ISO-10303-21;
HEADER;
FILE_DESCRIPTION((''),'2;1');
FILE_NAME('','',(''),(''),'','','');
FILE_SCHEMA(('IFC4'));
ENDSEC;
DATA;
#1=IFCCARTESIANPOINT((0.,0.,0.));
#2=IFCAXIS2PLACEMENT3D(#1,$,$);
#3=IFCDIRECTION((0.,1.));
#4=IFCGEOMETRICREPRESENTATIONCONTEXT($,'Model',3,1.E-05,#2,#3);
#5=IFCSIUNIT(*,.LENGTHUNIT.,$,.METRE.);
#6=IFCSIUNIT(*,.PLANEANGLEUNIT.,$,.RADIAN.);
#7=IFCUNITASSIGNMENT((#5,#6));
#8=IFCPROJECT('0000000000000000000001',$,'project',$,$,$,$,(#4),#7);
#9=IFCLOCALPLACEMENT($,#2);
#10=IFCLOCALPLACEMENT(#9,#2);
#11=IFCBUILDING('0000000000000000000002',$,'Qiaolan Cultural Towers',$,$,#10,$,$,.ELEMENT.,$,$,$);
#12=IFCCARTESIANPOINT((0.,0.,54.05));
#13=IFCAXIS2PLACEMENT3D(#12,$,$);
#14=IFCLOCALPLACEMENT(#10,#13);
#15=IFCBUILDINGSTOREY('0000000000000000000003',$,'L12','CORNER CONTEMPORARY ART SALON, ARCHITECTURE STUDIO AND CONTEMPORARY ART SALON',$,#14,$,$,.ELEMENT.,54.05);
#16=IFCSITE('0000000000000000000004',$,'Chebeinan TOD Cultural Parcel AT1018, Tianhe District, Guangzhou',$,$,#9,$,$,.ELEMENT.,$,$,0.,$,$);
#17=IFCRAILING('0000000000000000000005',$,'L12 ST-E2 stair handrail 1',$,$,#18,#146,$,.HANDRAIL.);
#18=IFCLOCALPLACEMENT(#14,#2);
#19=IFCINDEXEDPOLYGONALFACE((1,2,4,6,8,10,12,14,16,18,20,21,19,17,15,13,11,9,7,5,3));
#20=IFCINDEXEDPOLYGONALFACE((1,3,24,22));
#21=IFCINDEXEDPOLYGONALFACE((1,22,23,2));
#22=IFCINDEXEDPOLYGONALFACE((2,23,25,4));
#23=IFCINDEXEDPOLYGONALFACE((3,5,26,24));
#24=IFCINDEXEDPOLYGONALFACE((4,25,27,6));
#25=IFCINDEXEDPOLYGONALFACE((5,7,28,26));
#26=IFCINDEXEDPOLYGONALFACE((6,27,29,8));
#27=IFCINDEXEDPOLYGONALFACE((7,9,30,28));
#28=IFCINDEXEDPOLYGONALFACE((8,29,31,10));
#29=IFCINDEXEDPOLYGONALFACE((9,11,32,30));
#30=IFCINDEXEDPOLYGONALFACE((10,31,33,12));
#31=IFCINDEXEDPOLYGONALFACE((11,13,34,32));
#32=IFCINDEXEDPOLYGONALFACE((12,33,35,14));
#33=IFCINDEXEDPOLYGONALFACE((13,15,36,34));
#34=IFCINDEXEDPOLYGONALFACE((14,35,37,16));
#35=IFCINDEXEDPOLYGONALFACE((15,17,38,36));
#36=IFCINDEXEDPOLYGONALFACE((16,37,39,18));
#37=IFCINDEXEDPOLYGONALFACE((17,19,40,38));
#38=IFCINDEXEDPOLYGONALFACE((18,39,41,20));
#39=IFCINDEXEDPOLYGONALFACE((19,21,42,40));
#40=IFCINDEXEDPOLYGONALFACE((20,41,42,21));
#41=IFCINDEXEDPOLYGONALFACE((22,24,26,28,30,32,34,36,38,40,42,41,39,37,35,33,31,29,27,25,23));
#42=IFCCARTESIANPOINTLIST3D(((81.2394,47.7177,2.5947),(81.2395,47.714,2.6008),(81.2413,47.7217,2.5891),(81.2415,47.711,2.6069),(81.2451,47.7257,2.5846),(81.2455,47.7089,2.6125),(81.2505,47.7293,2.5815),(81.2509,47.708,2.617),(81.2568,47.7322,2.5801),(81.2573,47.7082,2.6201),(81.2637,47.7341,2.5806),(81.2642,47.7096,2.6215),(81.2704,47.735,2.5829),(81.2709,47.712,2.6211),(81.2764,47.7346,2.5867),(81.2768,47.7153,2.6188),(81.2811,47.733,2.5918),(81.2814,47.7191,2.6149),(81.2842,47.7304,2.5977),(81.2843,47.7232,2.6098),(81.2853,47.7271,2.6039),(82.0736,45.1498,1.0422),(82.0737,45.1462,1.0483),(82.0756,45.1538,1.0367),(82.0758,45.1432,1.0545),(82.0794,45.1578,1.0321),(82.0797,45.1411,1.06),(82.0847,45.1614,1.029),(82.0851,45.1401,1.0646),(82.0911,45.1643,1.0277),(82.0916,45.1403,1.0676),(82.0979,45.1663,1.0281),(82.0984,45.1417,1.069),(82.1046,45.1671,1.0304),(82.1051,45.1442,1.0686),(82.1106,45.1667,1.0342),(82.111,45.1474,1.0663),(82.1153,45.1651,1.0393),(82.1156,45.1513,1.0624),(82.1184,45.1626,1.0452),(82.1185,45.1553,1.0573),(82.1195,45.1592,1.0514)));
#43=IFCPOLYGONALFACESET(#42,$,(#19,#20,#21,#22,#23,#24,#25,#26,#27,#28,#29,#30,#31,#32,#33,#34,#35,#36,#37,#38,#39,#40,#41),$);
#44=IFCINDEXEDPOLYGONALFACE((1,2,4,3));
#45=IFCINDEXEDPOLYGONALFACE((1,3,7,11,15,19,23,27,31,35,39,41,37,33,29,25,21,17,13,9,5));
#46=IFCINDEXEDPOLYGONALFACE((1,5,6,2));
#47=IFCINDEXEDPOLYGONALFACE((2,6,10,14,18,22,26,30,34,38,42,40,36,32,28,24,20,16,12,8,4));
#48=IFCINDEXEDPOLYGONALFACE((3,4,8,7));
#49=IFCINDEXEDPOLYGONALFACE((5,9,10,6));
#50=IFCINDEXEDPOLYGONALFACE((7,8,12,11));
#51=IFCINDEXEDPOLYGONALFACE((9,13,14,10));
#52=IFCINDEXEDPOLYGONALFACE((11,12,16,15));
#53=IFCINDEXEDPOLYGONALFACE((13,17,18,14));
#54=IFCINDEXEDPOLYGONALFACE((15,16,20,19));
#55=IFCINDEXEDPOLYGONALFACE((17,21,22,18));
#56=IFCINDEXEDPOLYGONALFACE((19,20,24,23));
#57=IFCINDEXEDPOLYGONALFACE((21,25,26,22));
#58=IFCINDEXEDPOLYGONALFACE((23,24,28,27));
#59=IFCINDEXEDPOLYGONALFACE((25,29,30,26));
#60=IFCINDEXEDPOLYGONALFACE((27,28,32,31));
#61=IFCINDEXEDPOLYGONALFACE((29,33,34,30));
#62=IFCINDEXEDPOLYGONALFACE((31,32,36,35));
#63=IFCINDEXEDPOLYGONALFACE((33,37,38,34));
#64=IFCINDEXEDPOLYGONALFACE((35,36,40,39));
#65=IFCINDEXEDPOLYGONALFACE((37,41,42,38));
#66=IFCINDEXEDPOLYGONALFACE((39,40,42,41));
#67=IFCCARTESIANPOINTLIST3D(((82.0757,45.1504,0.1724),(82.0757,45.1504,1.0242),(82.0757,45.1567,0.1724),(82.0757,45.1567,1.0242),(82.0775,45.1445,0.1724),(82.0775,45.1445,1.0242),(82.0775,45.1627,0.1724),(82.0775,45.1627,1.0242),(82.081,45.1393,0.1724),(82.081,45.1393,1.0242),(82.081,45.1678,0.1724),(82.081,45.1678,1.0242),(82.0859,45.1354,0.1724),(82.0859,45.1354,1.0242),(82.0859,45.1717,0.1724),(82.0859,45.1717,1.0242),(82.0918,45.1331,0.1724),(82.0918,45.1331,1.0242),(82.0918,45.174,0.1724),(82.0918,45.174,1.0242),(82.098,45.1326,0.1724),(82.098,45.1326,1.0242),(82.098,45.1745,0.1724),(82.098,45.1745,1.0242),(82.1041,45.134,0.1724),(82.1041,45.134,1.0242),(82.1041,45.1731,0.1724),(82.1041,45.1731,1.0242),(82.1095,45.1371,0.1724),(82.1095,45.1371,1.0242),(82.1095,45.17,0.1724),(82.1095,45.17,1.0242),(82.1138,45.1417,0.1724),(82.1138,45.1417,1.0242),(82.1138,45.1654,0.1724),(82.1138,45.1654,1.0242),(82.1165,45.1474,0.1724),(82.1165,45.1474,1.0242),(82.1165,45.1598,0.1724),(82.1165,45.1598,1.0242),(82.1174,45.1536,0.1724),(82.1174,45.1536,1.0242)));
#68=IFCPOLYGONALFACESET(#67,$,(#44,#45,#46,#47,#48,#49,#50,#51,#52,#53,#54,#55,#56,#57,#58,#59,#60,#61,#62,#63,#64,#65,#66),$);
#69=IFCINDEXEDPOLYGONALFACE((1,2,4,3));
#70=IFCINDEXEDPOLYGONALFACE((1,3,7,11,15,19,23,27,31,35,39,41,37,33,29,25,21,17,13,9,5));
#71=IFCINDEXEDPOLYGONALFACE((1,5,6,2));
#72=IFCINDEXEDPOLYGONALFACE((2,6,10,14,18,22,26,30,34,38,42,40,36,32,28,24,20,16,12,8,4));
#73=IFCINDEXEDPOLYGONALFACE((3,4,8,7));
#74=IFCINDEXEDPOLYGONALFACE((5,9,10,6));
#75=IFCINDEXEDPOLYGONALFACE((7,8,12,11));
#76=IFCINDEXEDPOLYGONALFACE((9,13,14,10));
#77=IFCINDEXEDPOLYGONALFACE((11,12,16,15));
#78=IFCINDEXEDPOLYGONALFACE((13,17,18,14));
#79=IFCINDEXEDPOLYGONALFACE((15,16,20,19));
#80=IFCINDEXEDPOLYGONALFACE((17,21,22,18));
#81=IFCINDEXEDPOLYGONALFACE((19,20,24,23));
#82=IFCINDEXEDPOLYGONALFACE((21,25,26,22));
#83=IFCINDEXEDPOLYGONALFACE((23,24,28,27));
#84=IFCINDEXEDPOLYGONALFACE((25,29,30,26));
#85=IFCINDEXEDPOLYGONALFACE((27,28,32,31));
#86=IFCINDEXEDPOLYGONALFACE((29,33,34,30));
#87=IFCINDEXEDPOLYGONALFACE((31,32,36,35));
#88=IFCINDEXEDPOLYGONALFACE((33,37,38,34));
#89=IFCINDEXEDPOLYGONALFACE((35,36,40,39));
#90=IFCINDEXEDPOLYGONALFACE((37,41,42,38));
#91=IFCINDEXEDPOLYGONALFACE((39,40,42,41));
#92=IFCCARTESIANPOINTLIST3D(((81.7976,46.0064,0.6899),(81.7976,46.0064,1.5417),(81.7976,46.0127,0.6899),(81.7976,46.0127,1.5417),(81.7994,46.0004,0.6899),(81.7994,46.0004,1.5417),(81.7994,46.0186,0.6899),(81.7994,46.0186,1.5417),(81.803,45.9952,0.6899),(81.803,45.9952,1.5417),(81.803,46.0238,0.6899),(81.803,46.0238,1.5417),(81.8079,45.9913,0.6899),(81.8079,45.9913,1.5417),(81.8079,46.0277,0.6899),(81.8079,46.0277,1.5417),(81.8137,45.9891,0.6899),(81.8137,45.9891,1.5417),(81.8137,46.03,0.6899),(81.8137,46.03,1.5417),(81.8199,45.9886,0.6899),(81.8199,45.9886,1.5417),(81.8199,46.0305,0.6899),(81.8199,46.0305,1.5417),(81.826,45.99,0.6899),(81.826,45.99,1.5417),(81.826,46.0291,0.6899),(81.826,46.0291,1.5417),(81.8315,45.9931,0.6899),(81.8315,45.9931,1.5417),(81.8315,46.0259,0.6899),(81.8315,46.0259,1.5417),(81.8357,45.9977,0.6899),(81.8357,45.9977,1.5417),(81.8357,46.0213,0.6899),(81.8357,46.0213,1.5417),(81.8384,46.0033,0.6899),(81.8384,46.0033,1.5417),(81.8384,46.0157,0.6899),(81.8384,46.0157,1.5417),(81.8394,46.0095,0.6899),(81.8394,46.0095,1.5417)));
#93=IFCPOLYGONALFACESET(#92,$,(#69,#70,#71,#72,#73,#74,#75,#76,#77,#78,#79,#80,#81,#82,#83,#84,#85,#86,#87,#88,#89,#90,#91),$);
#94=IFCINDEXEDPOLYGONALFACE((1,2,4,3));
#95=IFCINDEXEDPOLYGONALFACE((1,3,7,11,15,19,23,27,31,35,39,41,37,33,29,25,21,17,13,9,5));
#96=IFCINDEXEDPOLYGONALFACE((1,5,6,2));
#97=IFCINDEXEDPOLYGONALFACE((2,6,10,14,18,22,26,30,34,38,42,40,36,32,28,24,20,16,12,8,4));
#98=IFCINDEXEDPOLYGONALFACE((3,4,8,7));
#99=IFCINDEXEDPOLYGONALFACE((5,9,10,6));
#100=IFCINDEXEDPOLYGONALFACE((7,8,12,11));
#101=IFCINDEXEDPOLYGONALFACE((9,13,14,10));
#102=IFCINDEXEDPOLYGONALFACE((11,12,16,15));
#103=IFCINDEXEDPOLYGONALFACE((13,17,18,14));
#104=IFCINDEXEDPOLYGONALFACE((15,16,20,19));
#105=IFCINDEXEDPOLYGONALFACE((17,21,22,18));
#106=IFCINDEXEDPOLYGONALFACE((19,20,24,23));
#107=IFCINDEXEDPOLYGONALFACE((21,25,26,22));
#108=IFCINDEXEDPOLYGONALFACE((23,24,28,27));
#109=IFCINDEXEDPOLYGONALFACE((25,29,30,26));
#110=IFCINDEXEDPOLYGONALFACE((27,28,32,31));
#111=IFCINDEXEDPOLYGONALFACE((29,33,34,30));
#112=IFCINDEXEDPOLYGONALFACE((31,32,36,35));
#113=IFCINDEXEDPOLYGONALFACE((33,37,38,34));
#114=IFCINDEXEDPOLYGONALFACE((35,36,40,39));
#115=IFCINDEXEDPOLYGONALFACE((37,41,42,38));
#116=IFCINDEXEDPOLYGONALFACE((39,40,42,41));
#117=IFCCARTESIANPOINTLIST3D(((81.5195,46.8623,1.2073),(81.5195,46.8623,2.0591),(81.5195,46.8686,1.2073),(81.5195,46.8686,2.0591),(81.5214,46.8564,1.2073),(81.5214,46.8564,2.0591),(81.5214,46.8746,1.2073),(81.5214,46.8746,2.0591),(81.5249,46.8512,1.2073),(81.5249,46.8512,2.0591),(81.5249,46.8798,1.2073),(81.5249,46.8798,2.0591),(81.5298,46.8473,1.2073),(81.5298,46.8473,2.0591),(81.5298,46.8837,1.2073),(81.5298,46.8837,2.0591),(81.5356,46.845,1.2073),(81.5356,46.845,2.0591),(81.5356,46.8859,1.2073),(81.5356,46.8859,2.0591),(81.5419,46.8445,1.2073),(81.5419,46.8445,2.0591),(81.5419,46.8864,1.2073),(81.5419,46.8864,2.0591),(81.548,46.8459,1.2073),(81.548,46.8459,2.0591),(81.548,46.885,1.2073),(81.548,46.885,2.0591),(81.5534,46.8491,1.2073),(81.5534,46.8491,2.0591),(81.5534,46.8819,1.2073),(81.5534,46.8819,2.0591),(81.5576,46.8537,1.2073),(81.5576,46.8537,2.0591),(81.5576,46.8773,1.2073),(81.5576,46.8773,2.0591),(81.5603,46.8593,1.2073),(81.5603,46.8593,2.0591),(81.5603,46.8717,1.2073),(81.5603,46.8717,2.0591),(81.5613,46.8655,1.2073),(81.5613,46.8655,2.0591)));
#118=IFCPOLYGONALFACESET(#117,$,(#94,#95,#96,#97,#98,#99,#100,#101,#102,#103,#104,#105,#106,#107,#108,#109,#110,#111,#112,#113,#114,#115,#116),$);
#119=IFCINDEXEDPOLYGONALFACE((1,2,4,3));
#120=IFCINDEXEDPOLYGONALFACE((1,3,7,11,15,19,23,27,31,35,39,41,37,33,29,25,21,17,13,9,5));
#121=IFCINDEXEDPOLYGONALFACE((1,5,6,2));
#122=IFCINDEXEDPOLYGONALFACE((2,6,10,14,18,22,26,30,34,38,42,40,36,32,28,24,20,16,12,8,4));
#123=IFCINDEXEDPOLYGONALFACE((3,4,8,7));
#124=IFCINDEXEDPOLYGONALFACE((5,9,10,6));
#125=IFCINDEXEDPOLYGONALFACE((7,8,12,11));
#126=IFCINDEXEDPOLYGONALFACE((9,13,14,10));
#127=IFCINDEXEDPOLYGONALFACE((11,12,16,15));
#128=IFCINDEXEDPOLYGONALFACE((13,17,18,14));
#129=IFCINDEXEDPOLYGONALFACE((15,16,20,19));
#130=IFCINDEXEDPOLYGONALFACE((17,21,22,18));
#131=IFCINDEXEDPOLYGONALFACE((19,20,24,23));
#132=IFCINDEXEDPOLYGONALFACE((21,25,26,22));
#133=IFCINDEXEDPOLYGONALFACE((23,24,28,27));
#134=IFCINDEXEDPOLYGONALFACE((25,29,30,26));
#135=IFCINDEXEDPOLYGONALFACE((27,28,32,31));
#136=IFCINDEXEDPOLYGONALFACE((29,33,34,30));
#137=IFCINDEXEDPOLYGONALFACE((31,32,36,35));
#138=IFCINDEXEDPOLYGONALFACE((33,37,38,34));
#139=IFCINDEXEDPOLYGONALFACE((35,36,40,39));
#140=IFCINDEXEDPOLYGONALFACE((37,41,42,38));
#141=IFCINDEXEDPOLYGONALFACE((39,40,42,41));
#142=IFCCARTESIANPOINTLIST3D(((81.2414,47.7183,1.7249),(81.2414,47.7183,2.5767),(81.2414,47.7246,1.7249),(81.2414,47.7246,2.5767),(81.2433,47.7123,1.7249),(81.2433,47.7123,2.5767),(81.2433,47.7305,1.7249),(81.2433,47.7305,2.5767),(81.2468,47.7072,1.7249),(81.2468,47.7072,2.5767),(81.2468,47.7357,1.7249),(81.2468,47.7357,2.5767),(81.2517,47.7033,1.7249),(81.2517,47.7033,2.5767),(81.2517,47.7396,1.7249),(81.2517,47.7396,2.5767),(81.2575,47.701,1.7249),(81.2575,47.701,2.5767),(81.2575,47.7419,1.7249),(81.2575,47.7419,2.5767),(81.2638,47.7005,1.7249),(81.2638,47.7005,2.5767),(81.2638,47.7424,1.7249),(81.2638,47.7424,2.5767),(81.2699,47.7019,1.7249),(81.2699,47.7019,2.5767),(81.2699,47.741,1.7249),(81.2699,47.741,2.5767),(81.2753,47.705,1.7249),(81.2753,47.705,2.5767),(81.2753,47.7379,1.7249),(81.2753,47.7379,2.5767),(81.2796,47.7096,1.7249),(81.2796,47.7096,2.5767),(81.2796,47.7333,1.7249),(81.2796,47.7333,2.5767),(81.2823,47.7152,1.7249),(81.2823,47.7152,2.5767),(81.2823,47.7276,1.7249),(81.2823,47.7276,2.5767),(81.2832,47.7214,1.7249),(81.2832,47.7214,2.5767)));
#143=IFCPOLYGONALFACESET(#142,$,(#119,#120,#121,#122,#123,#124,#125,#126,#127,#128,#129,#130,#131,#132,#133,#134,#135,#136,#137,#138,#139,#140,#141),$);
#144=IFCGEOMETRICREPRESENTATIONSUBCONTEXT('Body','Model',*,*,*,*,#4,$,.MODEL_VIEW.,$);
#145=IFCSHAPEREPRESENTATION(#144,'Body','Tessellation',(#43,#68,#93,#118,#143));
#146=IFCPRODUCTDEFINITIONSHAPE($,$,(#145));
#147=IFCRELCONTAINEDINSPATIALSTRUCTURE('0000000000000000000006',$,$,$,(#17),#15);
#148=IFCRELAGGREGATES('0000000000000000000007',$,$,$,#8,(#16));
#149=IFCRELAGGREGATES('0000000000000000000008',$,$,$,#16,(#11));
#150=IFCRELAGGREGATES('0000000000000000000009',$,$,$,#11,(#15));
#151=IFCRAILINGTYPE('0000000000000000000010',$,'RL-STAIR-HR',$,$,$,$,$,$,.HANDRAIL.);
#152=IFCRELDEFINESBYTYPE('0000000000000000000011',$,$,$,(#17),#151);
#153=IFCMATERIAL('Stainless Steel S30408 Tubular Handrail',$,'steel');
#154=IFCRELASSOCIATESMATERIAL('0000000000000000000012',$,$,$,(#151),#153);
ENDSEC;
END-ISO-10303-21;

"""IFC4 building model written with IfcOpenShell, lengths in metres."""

from ifc_helpers import new_model, si_unit, direction, frame, origin, origin_2d, place, context, subcontext, project, spatial, circle, extrude, material, type_object, element, save


model = new_model("IFC4")

# Units and contexts
model_context = context("Model", 3, precision=1e-05, world=origin(), true_north=direction((0.0, 1.0)))
body_context = subcontext(model_context, "Body", "Model", "MODEL_VIEW")
ifc_project = project(units=[si_unit("LENGTHUNIT", "METRE"), si_unit("PLANEANGLEUNIT", "RADIAN")], contexts=[model_context])

# Site, building, storey
site_placement = place(None, origin())
site = spatial("IfcSite", under=ifc_project, at=site_placement, Name="Chebeinan TOD Cultural Parcel AT1018, Tianhe District, Guangzhou", CompositionType="ELEMENT", RefElevation=0.0)
building_placement = place(site_placement, origin())
building = spatial("IfcBuilding", under=site, at=building_placement, Name="Qiaolan Cultural Towers", CompositionType="ELEMENT")
storey_placement = place(building_placement, frame((0.0, 0.0, 54.05)))
storey = spatial("IfcBuildingStorey", under=building, at=storey_placement, Name="L12", Description="CORNER CONTEMPORARY ART SALON, ARCHITECTURE STUDIO AND CONTEMPORARY ART SALON", CompositionType="ELEMENT", Elevation=54.05)

# Railing
ifc_material_1 = material(Name="Stainless Steel S30408 Tubular Handrail", Category="steel")
railing_type_1 = type_object("IfcRailingType", Name="RL-STAIR-HR", PredefinedType="HANDRAIL", material=ifc_material_1)
railing_1_placement = place(storey_placement, frame((82.0964, 45.1536, 0.1724)))
element("IfcRailing", 1, at=railing_1_placement, inside=storey, type_object=railing_type_1, Name="L12 ST-E2 stair handrail 1", PredefinedType="HANDRAIL", context=body_context, shape_type="SweptSolid", body=[
    extrude(circle(Radius=0.0239, at=origin_2d()), frame((0.0, 0.0, 0.876), z_axis=(-0.267853, 0.824488, 0.498471), x_axis=(-0.95107, -0.308976, 0.0)), (0.0, 0.0, 1.0), 3.1145),
    extrude(circle(Radius=0.021, at=origin_2d()), origin(), (0.0, 0.0, 1.0), 0.8518),
    extrude(circle(Radius=0.021, at=origin_2d()), frame((-0.2781, 0.856, 0.5176)), (0.0, 0.0, 1.0), 0.8518),
    extrude(circle(Radius=0.021, at=origin_2d()), frame((-0.5562, 1.7119, 1.0349)), (0.0, 0.0, 1.0), 0.8518),
    extrude(circle(Radius=0.021, at=origin_2d()), frame((-0.8342, 2.5679, 1.5525)), (0.0, 0.0, 1.0), 0.8518),
])

save(model, "model.ifc")
